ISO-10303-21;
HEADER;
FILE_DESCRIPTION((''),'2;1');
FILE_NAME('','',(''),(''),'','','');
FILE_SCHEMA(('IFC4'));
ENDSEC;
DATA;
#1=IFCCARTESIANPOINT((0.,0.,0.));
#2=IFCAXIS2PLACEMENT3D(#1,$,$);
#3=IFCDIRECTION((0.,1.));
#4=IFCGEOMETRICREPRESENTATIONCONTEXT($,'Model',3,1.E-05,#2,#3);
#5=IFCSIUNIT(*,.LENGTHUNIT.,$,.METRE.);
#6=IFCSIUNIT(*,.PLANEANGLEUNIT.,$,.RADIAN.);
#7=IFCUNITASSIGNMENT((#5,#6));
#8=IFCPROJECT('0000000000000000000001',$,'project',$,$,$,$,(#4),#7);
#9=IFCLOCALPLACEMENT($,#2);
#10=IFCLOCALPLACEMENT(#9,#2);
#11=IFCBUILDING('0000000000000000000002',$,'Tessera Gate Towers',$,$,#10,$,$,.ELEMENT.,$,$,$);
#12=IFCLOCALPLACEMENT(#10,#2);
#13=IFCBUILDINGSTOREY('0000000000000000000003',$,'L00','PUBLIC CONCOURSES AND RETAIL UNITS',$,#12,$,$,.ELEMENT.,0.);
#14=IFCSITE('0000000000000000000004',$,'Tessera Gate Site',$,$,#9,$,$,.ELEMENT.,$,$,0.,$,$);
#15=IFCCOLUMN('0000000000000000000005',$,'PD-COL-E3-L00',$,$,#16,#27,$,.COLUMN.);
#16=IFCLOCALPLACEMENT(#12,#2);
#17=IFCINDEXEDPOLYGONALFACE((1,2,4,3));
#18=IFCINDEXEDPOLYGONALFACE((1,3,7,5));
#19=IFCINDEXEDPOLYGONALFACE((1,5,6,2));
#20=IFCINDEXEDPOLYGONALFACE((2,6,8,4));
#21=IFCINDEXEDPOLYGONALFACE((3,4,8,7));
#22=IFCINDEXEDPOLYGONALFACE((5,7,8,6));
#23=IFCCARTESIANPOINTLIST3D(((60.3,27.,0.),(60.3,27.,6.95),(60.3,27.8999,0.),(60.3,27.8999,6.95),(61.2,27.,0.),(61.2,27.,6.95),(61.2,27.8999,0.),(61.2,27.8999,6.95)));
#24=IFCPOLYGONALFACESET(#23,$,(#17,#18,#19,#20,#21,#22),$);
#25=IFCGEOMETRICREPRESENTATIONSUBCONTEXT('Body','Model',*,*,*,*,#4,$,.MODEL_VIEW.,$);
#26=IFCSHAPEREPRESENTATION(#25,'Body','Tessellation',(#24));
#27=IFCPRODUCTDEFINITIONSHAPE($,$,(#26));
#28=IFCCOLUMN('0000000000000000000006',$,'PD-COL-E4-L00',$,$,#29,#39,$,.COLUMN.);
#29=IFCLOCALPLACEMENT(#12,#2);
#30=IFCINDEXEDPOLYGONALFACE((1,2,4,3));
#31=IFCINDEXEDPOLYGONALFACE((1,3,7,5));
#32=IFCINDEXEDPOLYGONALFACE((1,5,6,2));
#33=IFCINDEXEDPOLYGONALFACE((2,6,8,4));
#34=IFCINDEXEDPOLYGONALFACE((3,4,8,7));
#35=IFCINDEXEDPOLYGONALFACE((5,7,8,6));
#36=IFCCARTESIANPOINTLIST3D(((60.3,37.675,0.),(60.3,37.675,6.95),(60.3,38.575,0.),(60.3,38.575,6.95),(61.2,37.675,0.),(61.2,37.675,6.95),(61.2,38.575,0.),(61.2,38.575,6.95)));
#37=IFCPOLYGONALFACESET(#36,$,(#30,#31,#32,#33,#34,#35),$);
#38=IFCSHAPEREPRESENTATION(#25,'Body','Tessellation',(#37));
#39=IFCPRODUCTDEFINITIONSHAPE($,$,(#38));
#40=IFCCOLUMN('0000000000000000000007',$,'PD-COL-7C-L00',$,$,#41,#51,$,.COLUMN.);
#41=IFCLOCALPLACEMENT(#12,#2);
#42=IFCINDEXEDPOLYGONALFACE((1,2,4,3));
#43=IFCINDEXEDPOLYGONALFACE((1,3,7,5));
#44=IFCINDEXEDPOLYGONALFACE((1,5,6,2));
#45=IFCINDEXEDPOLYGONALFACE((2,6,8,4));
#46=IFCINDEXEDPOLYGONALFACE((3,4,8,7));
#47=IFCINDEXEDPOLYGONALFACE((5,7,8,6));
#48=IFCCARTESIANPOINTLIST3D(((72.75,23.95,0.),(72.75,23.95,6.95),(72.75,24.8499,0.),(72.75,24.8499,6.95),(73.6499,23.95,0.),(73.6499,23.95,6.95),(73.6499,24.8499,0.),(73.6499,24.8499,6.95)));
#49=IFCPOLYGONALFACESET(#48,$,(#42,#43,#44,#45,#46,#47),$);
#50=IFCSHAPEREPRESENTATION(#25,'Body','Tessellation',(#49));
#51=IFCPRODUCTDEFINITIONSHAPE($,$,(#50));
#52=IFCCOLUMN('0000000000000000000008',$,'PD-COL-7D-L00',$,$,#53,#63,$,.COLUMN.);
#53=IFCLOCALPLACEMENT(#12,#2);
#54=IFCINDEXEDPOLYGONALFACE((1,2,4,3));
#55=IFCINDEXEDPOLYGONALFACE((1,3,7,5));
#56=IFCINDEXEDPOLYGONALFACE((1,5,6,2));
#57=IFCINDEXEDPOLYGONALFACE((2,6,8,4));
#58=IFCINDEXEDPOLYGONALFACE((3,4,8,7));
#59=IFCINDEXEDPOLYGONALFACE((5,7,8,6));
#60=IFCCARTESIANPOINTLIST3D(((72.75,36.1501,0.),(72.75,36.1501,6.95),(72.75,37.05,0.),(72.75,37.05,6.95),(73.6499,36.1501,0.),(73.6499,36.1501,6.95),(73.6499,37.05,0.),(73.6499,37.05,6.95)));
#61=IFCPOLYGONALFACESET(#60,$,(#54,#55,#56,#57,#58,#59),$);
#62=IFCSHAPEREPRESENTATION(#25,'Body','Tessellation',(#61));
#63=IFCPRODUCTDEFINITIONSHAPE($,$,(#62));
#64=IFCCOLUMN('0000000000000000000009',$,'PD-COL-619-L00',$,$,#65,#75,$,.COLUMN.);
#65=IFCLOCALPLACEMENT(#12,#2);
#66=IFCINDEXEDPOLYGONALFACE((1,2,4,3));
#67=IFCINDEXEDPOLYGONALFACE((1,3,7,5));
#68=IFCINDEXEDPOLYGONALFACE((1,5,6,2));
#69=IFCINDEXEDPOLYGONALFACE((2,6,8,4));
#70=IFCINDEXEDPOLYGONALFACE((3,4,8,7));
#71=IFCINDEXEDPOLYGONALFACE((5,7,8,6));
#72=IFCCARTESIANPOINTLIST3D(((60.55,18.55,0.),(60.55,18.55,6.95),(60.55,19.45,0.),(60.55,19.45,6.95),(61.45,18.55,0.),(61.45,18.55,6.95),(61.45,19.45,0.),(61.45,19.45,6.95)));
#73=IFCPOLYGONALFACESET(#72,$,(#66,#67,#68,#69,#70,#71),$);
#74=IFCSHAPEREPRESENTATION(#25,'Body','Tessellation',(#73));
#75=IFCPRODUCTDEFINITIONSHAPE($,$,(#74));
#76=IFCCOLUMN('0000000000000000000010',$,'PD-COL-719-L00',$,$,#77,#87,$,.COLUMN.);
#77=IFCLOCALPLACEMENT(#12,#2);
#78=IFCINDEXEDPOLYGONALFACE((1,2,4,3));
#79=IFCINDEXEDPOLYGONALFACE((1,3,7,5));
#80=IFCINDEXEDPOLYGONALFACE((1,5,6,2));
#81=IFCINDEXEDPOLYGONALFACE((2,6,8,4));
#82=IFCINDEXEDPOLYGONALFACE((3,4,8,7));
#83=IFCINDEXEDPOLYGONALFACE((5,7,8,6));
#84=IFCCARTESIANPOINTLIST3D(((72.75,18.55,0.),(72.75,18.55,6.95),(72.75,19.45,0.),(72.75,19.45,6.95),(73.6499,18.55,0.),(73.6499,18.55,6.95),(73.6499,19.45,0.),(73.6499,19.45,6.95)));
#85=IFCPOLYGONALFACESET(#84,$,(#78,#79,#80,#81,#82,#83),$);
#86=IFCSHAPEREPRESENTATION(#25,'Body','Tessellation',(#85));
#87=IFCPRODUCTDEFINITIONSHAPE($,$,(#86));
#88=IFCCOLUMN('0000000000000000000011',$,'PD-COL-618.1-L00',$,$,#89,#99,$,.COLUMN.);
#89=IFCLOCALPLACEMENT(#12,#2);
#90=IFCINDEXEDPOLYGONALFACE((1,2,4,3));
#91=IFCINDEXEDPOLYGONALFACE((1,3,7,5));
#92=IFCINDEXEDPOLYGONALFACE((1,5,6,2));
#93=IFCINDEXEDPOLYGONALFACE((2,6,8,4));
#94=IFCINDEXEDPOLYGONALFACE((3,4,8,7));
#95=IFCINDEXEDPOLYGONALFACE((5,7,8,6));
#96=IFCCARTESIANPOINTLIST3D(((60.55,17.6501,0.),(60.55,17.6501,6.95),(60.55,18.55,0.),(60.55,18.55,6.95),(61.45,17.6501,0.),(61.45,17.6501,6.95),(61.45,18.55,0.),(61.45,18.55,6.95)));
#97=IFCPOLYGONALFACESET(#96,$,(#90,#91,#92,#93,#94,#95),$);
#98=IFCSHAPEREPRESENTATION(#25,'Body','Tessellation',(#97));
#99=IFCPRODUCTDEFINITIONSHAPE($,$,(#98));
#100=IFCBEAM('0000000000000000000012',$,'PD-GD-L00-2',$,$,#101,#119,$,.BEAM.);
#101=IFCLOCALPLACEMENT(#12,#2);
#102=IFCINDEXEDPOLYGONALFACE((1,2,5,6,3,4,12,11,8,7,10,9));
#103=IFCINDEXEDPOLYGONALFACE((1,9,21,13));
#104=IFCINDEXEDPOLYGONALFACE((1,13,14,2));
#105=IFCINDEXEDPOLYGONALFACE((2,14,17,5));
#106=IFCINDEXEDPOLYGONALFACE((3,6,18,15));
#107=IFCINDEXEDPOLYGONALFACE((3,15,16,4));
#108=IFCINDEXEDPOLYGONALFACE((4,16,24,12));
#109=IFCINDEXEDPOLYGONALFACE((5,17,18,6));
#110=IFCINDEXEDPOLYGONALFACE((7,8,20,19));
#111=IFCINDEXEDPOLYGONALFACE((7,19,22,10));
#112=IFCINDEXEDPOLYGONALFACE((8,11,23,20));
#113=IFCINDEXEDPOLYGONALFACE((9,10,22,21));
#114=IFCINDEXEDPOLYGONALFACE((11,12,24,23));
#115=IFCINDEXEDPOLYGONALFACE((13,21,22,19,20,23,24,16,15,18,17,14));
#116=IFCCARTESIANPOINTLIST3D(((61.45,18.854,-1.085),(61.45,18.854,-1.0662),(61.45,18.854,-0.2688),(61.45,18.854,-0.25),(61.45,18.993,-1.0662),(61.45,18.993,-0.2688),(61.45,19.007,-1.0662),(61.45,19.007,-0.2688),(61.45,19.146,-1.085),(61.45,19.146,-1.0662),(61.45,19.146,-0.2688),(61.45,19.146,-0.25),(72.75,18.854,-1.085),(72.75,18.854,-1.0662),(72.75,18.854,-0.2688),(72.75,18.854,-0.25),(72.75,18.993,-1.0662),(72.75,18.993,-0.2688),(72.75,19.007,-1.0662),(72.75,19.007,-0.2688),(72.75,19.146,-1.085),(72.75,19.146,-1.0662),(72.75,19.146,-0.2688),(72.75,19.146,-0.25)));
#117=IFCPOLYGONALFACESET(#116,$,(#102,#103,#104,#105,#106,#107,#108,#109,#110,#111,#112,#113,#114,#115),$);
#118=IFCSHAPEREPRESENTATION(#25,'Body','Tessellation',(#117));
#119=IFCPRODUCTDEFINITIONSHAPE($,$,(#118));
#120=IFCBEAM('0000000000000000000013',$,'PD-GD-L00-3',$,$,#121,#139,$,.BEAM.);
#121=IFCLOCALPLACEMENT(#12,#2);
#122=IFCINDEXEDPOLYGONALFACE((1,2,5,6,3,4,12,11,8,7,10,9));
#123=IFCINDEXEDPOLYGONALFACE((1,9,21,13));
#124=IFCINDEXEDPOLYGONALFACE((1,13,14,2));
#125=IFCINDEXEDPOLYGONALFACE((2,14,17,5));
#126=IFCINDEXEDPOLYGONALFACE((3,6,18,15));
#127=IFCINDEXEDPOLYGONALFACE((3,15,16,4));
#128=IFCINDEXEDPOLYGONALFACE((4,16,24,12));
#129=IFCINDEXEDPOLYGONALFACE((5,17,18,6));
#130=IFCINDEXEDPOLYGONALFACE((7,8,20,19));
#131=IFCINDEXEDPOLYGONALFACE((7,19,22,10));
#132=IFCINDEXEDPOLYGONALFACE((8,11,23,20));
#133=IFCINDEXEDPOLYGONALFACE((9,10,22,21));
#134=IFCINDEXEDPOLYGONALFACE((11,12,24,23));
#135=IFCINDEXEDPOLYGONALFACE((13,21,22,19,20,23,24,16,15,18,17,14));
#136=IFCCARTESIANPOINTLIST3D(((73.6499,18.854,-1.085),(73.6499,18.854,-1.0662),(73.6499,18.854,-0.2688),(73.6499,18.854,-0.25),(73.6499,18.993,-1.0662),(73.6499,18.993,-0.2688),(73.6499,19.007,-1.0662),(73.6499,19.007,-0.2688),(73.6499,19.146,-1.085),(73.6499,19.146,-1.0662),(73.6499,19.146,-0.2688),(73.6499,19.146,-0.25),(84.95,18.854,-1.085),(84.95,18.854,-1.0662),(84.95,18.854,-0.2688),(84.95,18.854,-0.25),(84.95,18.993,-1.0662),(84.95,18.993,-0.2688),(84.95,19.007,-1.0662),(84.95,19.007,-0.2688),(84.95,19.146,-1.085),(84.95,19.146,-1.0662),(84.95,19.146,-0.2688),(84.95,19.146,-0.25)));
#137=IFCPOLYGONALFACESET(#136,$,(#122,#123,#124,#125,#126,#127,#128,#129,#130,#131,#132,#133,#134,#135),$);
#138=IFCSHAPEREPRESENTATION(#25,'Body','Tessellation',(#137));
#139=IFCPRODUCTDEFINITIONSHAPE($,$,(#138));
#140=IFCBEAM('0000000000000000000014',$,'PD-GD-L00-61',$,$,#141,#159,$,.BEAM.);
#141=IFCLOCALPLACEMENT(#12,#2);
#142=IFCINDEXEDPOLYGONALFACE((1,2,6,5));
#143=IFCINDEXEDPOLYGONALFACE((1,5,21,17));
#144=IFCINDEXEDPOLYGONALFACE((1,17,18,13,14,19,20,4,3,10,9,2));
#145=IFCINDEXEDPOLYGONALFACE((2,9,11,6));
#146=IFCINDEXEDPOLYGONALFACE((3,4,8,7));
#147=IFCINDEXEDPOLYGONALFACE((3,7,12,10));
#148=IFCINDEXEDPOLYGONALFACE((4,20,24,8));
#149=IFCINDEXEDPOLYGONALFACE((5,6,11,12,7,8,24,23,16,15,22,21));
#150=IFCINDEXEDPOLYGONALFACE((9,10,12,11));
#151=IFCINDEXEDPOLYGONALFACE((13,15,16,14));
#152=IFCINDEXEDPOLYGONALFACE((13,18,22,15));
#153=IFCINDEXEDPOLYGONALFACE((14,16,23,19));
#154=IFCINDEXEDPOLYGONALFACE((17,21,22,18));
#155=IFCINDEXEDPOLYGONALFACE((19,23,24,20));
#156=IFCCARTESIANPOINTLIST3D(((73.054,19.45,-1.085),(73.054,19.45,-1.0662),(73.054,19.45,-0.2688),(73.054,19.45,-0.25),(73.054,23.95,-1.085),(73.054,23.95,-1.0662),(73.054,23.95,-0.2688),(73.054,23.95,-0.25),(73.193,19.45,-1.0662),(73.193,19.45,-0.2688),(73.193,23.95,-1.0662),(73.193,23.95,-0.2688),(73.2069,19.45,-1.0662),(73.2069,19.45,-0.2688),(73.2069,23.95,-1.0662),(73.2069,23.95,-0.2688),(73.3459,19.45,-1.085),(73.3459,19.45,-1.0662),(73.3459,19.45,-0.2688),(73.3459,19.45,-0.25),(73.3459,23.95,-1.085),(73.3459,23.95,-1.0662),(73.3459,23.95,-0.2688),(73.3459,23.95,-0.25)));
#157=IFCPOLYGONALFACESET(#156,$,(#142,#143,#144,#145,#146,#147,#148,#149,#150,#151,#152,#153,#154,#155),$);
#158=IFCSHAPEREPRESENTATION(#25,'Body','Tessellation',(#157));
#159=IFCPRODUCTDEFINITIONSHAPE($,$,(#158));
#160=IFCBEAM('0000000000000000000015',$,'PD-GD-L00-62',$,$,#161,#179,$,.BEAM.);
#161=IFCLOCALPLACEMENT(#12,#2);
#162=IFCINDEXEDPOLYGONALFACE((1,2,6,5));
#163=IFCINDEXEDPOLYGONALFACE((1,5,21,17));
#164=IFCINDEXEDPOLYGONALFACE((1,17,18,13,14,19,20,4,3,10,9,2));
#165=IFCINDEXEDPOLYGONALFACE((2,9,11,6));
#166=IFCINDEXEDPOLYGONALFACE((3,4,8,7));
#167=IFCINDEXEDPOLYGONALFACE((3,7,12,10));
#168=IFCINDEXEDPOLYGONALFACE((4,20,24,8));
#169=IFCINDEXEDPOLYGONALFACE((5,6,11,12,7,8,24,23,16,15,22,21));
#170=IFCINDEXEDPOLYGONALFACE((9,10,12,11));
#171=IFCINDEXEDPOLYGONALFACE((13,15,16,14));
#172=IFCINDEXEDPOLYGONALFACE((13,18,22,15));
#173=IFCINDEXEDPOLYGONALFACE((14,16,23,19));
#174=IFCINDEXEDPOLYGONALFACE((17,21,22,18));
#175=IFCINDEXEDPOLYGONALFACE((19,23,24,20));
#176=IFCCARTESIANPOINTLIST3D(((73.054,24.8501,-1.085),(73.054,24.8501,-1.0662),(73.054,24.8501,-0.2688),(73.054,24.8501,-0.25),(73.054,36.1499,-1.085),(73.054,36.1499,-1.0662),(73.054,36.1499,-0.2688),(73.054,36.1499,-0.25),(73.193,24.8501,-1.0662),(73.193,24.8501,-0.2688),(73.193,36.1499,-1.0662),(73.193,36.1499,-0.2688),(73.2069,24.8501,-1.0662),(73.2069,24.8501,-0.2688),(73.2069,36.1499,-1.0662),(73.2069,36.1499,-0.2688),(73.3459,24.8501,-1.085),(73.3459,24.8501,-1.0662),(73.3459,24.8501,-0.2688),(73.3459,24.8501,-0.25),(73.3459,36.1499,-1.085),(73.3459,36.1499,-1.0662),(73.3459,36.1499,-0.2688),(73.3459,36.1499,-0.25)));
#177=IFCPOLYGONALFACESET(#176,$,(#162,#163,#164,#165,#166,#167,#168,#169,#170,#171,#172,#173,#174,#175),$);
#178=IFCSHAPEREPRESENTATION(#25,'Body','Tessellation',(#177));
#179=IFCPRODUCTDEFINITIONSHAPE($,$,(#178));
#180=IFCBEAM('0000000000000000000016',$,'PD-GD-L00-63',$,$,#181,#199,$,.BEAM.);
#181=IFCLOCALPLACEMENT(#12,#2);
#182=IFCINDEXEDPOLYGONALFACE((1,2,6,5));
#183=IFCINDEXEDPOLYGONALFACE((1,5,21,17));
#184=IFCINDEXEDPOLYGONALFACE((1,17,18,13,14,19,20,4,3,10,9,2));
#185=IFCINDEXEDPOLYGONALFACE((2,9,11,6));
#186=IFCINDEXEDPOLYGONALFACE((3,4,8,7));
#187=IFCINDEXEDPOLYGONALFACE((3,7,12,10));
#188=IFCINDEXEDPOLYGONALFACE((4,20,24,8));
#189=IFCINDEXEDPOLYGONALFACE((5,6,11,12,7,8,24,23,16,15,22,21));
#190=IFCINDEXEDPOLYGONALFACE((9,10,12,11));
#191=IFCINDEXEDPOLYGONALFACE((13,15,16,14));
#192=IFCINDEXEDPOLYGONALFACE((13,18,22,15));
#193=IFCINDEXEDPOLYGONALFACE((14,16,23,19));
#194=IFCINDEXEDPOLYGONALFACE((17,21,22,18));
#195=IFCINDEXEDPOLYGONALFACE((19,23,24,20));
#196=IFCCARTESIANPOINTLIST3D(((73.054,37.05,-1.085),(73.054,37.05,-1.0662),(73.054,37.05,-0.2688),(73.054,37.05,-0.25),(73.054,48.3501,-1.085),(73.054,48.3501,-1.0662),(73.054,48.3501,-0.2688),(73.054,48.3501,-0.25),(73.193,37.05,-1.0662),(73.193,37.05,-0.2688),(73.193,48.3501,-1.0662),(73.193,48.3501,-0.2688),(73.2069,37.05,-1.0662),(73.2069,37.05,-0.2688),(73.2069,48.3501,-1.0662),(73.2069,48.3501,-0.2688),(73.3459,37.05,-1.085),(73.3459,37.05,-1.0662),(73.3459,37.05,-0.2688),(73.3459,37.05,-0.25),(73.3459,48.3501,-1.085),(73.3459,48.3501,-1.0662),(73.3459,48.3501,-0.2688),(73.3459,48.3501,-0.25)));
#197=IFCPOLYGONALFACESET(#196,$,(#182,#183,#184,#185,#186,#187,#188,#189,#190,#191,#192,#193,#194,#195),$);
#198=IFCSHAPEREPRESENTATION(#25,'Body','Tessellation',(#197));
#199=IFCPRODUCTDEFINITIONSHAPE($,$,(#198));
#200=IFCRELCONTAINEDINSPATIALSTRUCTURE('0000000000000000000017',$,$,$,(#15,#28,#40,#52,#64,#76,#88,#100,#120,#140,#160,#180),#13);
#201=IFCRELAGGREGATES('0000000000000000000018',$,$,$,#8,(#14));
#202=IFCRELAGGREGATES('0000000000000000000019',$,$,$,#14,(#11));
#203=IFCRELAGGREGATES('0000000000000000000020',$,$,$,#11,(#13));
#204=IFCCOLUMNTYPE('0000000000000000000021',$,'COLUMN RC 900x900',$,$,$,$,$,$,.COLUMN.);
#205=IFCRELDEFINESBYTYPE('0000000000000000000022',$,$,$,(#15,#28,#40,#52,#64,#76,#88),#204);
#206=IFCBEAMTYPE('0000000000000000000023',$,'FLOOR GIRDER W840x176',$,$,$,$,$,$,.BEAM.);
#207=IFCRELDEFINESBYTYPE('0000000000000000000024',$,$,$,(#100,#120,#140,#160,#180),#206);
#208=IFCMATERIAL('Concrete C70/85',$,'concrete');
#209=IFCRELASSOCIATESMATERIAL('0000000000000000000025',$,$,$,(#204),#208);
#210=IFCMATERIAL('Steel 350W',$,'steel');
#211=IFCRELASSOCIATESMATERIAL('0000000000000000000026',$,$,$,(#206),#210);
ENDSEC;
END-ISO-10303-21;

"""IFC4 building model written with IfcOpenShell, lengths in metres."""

from ifc_helpers import new_model, si_unit, direction, frame, origin, origin_2d, place, context, subcontext, project, spatial, rectangle, i_section, extrude, material, material_profile, profile_set, type_object, element, save


model = new_model("IFC4")

# Units and contexts
model_context = context("Model", 3, precision=1e-05, world=origin(), true_north=direction((0.0, 1.0)))
body_context = subcontext(model_context, "Body", "Model", "MODEL_VIEW")
ifc_project = project(units=[si_unit("LENGTHUNIT", "METRE"), si_unit("PLANEANGLEUNIT", "RADIAN")], contexts=[model_context])

# Site, building, storey
site_placement = place(None, origin())
site = spatial("IfcSite", under=ifc_project, at=site_placement, Name="Tessera Gate Site", CompositionType="ELEMENT", RefElevation=0.0)
building_placement = place(site_placement, origin())
building = spatial("IfcBuilding", under=site, at=building_placement, Name="Tessera Gate Towers", CompositionType="ELEMENT")
storey_placement = place(building_placement, origin())
storey = spatial("IfcBuildingStorey", under=building, at=storey_placement, Name="L00", Description="PUBLIC CONCOURSES AND RETAIL UNITS", CompositionType="ELEMENT", Elevation=0.0)

# Columns
ifc_material_1 = material(Name="Concrete C70/85", Category="concrete")
ifc_material_profile_1 = material_profile(ifc_material_1, rectangle(XDim=0.8999, YDim=0.8999, at=origin_2d()), Name="RC 900x900")
ifc_profile_set_1 = profile_set([ifc_material_profile_1], Name="Concrete C70/85")
column_type = type_object("IfcColumnType", Name="COLUMN RC 900x900", PredefinedType="COLUMN", material=ifc_profile_set_1)
for number, where, z_axis, x_axis, name in (
    (1, (60.75, 27.45, 0.0), (0.0, 0.0, 1.0), (1.0, 0.0, 0.0), "PD-COL-E3-L00"),
    (2, (60.75, 38.125, 0.0), (0.0, 0.0, 1.0), (1.0, 0.0, 0.0), "PD-COL-E4-L00"),
    (3, (73.2, 24.3999, 0.0), (0.0, 0.0, 1.0), (1.0, 0.0, 0.0), "PD-COL-7C-L00"),
    (4, (73.2, 36.6001, 0.0), (0.0, 0.0, 1.0), (1.0, 0.0, 0.0), "PD-COL-7D-L00"),
    (5, (61.0, 19.0, 0.0), (0.0, 0.0, 1.0), (1.0, 0.0, 0.0), "PD-COL-619-L00"),
    (6, (73.2, 19.0, 0.0), (0.0, 0.0, 1.0), (1.0, 0.0, 0.0), "PD-COL-719-L00"),
    (7, (61.0, 18.1001, 0.0), (0.0, 0.0, 1.0), (1.0, 0.0, 0.0), "PD-COL-618.1-L00"),
):
    element("IfcColumn", number, at=place(storey_placement, frame(where, z_axis=z_axis, x_axis=x_axis)), inside=storey, type_object=column_type, Name=name, PredefinedType="COLUMN", context=body_context, shape_type="SweptSolid", body=[
        extrude(rectangle(XDim=0.8999, YDim=0.8999, at=origin_2d()), origin(), (0.0, 0.0, 1.0), 6.95),
    ])

# Beams
ifc_material_2 = material(Name="Steel 350W", Category="steel")
ifc_material_profile_2 = material_profile(ifc_material_2, i_section(OverallWidth=0.292, OverallDepth=0.835, WebThickness=0.0139, FlangeThickness=0.0188, at=origin_2d()), Name="W840x176")
ifc_profile_set_2 = profile_set([ifc_material_profile_2], Name="Steel 350W")
beam_type_1 = type_object("IfcBeamType", Name="FLOOR GIRDER W840x176", PredefinedType="BEAM", material=ifc_profile_set_2)
for number, where, z_axis, x_axis, name in (
    (8, (61.45, 19.0, -0.6675), (1.0, 0.0, 0.0), (0.0, 1.0, 0.0), "PD-GD-L00-2"),
    (9, (73.6499, 19.0, -0.6675), (1.0, 0.0, 0.0), (0.0, 1.0, 0.0), "PD-GD-L00-3"),
):
    element("IfcBeam", number, at=place(storey_placement, frame(where, z_axis=z_axis, x_axis=x_axis)), inside=storey, type_object=beam_type_1, Name=name, PredefinedType="BEAM", context=body_context, shape_type="SweptSolid", body=[
        extrude(i_section(OverallWidth=0.292, OverallDepth=0.835, WebThickness=0.0139, FlangeThickness=0.0188, at=origin_2d()), origin(), (0.0, 0.0, 1.0), 11.3),
    ])
beam_1_placement = place(storey_placement, frame((73.2, 19.45, -0.6675), z_axis=(0.0, 1.0, 0.0), x_axis=(-1.0, 0.0, 0.0)))
element("IfcBeam", 10, at=beam_1_placement, inside=storey, type_object=beam_type_1, Name="PD-GD-L00-61", PredefinedType="BEAM", context=body_context, shape_type="SweptSolid", body=[
    extrude(i_section(OverallWidth=0.292, OverallDepth=0.835, WebThickness=0.0139, FlangeThickness=0.0188, at=origin_2d()), origin(), (0.0, 0.0, 1.0), 4.5),
])
beam_2_placement = place(storey_placement, frame((73.2, 24.8501, -0.6675), z_axis=(0.0, 1.0, 0.0), x_axis=(-1.0, 0.0, 0.0)))
element("IfcBeam", 11, at=beam_2_placement, inside=storey, type_object=beam_type_1, Name="PD-GD-L00-62", PredefinedType="BEAM", context=body_context, shape_type="SweptSolid", body=[
    extrude(i_section(OverallWidth=0.292, OverallDepth=0.835, WebThickness=0.0139, FlangeThickness=0.0188, at=origin_2d()), origin(), (0.0, 0.0, 1.0), 11.2998),
])
beam_3_placement = place(storey_placement, frame((73.2, 37.05, -0.6675), z_axis=(0.0, 1.0, 0.0), x_axis=(-1.0, 0.0, 0.0)))
element("IfcBeam", 12, at=beam_3_placement, inside=storey, type_object=beam_type_1, Name="PD-GD-L00-63", PredefinedType="BEAM", context=body_context, shape_type="SweptSolid", body=[
    extrude(i_section(OverallWidth=0.292, OverallDepth=0.835, WebThickness=0.0139, FlangeThickness=0.0188, at=origin_2d()), origin(), (0.0, 0.0, 1.0), 11.3),
])

save(model, "model.ifc")
